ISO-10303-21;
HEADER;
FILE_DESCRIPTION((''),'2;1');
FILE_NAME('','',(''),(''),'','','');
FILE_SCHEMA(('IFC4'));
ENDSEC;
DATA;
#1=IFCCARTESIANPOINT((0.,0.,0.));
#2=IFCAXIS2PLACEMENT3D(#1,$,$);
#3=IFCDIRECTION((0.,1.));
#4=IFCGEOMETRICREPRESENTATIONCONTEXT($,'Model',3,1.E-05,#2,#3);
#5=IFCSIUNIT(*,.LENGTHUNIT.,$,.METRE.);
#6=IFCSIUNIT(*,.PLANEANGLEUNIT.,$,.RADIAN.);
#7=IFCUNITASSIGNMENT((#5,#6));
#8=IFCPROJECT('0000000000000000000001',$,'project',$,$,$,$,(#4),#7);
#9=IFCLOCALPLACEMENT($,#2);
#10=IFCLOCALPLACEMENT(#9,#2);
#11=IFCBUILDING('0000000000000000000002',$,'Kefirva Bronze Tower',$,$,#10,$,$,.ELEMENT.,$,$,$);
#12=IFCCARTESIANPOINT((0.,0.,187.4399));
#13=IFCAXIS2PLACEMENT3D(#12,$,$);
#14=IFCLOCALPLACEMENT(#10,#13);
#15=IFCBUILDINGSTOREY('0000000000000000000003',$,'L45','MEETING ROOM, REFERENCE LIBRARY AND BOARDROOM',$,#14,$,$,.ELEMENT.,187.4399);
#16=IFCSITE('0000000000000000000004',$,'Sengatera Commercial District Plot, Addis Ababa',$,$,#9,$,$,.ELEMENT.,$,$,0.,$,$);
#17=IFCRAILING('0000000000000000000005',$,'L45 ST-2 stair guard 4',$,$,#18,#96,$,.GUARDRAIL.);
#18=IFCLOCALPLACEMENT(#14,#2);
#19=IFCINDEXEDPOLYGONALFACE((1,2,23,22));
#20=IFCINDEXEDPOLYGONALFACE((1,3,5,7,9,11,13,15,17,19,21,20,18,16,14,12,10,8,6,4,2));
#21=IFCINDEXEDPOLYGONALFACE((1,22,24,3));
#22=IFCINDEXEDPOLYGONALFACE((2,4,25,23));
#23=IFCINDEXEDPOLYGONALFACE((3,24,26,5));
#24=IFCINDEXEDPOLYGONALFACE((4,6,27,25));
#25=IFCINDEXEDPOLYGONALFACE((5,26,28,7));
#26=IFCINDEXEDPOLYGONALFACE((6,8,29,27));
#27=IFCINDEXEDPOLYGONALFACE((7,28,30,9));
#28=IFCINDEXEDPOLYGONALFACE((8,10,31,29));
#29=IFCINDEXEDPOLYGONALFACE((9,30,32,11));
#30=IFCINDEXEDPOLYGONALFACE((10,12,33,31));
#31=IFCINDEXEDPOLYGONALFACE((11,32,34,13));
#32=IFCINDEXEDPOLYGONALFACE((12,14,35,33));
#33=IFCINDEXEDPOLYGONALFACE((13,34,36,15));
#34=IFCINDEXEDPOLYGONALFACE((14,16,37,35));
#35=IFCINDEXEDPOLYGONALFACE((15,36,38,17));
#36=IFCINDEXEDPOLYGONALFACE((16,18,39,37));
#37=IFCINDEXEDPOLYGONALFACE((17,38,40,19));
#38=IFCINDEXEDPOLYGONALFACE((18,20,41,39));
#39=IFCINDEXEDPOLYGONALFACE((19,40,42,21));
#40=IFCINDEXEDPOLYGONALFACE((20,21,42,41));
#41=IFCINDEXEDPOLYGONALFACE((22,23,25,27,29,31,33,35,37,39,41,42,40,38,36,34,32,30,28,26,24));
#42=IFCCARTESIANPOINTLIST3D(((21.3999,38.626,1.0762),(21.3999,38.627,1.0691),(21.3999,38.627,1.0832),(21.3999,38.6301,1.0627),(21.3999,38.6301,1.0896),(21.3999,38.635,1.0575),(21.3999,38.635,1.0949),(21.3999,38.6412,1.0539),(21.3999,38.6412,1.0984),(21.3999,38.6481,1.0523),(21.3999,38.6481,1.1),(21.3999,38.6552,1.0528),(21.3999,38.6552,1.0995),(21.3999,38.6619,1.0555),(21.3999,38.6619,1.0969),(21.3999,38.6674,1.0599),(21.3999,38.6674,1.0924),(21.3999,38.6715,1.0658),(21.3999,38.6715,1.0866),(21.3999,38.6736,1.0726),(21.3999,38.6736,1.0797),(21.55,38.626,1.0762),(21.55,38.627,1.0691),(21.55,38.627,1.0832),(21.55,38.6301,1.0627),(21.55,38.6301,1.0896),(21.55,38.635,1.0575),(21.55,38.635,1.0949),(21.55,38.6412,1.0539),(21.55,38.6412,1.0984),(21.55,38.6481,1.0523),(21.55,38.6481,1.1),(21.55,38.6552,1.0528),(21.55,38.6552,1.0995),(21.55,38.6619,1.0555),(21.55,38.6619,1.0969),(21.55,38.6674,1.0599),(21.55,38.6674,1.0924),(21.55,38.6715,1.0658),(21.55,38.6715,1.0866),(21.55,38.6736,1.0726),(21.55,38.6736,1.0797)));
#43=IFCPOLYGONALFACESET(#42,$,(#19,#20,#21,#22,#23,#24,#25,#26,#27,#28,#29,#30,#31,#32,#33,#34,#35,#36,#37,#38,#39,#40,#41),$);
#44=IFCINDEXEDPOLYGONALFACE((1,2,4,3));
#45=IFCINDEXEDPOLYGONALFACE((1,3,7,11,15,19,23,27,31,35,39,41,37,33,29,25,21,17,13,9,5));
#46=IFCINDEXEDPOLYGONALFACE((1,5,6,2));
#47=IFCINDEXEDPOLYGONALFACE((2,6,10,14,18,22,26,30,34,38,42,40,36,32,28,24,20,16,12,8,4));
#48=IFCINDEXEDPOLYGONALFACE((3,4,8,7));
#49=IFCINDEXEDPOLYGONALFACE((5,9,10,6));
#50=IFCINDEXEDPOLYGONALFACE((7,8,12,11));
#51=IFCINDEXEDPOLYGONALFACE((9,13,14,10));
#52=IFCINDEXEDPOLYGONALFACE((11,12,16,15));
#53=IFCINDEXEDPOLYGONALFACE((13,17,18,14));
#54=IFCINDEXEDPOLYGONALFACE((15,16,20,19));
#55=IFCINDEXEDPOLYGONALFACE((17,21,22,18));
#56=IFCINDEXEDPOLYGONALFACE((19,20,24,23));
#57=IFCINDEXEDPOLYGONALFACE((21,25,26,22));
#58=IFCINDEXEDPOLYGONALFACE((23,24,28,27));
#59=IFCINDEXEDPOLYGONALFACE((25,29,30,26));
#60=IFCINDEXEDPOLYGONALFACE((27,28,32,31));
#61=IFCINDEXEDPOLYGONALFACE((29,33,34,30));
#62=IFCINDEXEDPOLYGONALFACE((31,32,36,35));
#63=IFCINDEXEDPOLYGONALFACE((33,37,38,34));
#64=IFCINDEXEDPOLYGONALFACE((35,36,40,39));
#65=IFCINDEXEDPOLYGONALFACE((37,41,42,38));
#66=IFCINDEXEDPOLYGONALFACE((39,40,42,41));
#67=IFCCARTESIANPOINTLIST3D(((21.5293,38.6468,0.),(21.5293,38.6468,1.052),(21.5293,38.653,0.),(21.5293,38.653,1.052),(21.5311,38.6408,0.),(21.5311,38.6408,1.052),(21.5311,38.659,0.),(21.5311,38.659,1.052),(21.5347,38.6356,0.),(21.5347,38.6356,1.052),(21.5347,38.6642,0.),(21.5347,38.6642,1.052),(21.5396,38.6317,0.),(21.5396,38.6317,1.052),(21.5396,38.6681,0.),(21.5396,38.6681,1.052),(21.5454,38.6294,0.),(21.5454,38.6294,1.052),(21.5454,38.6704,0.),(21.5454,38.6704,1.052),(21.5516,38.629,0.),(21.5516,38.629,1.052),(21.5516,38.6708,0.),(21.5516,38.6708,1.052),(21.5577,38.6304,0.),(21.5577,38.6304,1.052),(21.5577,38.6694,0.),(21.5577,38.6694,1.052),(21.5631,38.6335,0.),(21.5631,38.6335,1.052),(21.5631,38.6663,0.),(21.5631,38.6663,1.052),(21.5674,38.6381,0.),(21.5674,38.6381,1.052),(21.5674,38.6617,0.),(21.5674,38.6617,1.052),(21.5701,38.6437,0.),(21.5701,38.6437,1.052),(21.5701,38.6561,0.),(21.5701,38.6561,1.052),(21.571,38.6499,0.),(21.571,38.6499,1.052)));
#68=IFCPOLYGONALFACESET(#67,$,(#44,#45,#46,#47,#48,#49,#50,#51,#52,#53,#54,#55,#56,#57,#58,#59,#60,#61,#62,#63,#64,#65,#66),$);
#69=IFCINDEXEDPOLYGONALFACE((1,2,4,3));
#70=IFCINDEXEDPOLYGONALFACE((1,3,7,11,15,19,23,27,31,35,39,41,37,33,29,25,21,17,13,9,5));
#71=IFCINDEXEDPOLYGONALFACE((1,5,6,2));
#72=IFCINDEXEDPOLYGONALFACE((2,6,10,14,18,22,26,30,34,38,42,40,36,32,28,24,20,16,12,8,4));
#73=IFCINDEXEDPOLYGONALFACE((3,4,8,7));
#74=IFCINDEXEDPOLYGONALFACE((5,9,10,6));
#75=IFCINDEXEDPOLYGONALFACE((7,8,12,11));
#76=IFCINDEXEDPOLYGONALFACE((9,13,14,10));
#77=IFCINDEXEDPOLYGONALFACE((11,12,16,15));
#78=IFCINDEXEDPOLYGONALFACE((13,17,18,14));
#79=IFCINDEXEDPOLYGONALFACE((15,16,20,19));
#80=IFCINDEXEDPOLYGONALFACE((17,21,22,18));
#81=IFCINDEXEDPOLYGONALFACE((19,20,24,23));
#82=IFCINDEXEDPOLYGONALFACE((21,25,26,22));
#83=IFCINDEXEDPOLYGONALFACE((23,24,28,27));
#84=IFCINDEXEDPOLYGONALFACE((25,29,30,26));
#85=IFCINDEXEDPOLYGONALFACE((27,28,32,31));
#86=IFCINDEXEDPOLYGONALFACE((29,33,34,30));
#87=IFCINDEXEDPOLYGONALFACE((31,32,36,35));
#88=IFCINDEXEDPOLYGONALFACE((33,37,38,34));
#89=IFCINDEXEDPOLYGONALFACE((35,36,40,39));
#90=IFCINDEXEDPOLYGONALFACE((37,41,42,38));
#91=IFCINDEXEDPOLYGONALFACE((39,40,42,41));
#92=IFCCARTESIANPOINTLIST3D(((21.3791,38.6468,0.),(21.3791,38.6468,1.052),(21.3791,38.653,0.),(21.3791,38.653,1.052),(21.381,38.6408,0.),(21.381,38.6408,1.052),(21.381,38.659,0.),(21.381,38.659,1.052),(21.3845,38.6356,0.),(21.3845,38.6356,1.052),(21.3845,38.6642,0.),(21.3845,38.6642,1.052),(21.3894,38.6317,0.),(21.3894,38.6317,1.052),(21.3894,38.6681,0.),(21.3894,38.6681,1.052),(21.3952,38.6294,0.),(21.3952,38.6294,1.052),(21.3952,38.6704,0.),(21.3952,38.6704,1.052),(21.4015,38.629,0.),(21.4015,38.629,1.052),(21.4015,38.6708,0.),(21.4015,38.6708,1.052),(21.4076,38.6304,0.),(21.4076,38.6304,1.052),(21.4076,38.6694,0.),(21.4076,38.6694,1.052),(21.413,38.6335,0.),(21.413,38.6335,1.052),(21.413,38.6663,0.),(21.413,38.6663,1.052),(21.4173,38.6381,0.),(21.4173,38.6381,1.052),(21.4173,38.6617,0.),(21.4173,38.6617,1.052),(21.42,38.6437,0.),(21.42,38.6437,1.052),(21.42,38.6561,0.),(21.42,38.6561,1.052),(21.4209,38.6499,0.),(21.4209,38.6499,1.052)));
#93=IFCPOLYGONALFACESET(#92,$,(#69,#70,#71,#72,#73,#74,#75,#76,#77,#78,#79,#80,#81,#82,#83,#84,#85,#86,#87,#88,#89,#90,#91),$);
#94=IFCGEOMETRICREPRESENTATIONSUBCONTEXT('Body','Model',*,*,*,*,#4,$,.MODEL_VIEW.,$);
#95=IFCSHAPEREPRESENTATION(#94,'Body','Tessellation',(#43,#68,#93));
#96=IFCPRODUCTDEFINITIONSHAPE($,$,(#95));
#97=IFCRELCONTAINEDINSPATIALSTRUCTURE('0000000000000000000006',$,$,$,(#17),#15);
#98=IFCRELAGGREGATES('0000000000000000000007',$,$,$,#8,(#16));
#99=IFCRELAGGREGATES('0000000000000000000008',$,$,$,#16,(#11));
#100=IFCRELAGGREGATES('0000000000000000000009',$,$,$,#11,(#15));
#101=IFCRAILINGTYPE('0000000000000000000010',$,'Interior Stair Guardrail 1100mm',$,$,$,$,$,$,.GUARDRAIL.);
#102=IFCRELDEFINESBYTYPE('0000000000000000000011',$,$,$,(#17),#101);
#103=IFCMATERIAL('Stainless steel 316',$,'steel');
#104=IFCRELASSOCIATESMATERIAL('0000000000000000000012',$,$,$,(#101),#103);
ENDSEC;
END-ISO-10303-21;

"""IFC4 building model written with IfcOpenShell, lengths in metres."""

from ifc_helpers import new_model, si_unit, direction, frame, origin, origin_2d, place, context, subcontext, project, spatial, circle, extrude, material, type_object, element, save


model = new_model("IFC4")

# Units and contexts
model_context = context("Model", 3, precision=1e-05, world=origin(), true_north=direction((0.0, 1.0)))
body_context = subcontext(model_context, "Body", "Model", "MODEL_VIEW")
ifc_project = project(units=[si_unit("LENGTHUNIT", "METRE"), si_unit("PLANEANGLEUNIT", "RADIAN")], contexts=[model_context])

# Site, building, storey
site_placement = place(None, origin())
site = spatial("IfcSite", under=ifc_project, at=site_placement, Name="Sengatera Commercial District Plot, Addis Ababa", CompositionType="ELEMENT", RefElevation=0.0)
building_placement = place(site_placement, origin())
building = spatial("IfcBuilding", under=site, at=building_placement, Name="Kefirva Bronze Tower", CompositionType="ELEMENT")
storey_placement = place(building_placement, frame((0.0, 0.0, 187.4399)))
storey = spatial("IfcBuildingStorey", under=building, at=storey_placement, Name="L45", Description="MEETING ROOM, REFERENCE LIBRARY AND BOARDROOM", CompositionType="ELEMENT", Elevation=187.4399)

# Railing
ifc_material_1 = material(Name="Stainless steel 316", Category="steel")
railing_type_1 = type_object("IfcRailingType", Name="Interior Stair Guardrail 1100mm", PredefinedType="GUARDRAIL", material=ifc_material_1)
railing_1_placement = place(storey_placement, frame((21.55, 38.6499, 0.0)))
element("IfcRailing", 1, at=railing_1_placement, inside=storey, type_object=railing_type_1, Name="L45 ST-2 stair guard 4", PredefinedType="GUARDRAIL", context=body_context, shape_type="SweptSolid", body=[
    extrude(circle(Radius=0.0239, at=origin_2d()), frame((0.0, 0.0, 1.0762), z_axis=(-1.0, 0.0, 0.0), x_axis=(0.0, -1.0, 0.0)), (0.0, 0.0, 1.0), 0.1501),
    extrude(circle(Radius=0.021, at=origin_2d()), origin(), (0.0, 0.0, 1.0), 1.052),
    extrude(circle(Radius=0.021, at=origin_2d()), frame((-0.1501, 0.0, 0.0)), (0.0, 0.0, 1.0), 1.052),
])

save(model, "model.ifc")
